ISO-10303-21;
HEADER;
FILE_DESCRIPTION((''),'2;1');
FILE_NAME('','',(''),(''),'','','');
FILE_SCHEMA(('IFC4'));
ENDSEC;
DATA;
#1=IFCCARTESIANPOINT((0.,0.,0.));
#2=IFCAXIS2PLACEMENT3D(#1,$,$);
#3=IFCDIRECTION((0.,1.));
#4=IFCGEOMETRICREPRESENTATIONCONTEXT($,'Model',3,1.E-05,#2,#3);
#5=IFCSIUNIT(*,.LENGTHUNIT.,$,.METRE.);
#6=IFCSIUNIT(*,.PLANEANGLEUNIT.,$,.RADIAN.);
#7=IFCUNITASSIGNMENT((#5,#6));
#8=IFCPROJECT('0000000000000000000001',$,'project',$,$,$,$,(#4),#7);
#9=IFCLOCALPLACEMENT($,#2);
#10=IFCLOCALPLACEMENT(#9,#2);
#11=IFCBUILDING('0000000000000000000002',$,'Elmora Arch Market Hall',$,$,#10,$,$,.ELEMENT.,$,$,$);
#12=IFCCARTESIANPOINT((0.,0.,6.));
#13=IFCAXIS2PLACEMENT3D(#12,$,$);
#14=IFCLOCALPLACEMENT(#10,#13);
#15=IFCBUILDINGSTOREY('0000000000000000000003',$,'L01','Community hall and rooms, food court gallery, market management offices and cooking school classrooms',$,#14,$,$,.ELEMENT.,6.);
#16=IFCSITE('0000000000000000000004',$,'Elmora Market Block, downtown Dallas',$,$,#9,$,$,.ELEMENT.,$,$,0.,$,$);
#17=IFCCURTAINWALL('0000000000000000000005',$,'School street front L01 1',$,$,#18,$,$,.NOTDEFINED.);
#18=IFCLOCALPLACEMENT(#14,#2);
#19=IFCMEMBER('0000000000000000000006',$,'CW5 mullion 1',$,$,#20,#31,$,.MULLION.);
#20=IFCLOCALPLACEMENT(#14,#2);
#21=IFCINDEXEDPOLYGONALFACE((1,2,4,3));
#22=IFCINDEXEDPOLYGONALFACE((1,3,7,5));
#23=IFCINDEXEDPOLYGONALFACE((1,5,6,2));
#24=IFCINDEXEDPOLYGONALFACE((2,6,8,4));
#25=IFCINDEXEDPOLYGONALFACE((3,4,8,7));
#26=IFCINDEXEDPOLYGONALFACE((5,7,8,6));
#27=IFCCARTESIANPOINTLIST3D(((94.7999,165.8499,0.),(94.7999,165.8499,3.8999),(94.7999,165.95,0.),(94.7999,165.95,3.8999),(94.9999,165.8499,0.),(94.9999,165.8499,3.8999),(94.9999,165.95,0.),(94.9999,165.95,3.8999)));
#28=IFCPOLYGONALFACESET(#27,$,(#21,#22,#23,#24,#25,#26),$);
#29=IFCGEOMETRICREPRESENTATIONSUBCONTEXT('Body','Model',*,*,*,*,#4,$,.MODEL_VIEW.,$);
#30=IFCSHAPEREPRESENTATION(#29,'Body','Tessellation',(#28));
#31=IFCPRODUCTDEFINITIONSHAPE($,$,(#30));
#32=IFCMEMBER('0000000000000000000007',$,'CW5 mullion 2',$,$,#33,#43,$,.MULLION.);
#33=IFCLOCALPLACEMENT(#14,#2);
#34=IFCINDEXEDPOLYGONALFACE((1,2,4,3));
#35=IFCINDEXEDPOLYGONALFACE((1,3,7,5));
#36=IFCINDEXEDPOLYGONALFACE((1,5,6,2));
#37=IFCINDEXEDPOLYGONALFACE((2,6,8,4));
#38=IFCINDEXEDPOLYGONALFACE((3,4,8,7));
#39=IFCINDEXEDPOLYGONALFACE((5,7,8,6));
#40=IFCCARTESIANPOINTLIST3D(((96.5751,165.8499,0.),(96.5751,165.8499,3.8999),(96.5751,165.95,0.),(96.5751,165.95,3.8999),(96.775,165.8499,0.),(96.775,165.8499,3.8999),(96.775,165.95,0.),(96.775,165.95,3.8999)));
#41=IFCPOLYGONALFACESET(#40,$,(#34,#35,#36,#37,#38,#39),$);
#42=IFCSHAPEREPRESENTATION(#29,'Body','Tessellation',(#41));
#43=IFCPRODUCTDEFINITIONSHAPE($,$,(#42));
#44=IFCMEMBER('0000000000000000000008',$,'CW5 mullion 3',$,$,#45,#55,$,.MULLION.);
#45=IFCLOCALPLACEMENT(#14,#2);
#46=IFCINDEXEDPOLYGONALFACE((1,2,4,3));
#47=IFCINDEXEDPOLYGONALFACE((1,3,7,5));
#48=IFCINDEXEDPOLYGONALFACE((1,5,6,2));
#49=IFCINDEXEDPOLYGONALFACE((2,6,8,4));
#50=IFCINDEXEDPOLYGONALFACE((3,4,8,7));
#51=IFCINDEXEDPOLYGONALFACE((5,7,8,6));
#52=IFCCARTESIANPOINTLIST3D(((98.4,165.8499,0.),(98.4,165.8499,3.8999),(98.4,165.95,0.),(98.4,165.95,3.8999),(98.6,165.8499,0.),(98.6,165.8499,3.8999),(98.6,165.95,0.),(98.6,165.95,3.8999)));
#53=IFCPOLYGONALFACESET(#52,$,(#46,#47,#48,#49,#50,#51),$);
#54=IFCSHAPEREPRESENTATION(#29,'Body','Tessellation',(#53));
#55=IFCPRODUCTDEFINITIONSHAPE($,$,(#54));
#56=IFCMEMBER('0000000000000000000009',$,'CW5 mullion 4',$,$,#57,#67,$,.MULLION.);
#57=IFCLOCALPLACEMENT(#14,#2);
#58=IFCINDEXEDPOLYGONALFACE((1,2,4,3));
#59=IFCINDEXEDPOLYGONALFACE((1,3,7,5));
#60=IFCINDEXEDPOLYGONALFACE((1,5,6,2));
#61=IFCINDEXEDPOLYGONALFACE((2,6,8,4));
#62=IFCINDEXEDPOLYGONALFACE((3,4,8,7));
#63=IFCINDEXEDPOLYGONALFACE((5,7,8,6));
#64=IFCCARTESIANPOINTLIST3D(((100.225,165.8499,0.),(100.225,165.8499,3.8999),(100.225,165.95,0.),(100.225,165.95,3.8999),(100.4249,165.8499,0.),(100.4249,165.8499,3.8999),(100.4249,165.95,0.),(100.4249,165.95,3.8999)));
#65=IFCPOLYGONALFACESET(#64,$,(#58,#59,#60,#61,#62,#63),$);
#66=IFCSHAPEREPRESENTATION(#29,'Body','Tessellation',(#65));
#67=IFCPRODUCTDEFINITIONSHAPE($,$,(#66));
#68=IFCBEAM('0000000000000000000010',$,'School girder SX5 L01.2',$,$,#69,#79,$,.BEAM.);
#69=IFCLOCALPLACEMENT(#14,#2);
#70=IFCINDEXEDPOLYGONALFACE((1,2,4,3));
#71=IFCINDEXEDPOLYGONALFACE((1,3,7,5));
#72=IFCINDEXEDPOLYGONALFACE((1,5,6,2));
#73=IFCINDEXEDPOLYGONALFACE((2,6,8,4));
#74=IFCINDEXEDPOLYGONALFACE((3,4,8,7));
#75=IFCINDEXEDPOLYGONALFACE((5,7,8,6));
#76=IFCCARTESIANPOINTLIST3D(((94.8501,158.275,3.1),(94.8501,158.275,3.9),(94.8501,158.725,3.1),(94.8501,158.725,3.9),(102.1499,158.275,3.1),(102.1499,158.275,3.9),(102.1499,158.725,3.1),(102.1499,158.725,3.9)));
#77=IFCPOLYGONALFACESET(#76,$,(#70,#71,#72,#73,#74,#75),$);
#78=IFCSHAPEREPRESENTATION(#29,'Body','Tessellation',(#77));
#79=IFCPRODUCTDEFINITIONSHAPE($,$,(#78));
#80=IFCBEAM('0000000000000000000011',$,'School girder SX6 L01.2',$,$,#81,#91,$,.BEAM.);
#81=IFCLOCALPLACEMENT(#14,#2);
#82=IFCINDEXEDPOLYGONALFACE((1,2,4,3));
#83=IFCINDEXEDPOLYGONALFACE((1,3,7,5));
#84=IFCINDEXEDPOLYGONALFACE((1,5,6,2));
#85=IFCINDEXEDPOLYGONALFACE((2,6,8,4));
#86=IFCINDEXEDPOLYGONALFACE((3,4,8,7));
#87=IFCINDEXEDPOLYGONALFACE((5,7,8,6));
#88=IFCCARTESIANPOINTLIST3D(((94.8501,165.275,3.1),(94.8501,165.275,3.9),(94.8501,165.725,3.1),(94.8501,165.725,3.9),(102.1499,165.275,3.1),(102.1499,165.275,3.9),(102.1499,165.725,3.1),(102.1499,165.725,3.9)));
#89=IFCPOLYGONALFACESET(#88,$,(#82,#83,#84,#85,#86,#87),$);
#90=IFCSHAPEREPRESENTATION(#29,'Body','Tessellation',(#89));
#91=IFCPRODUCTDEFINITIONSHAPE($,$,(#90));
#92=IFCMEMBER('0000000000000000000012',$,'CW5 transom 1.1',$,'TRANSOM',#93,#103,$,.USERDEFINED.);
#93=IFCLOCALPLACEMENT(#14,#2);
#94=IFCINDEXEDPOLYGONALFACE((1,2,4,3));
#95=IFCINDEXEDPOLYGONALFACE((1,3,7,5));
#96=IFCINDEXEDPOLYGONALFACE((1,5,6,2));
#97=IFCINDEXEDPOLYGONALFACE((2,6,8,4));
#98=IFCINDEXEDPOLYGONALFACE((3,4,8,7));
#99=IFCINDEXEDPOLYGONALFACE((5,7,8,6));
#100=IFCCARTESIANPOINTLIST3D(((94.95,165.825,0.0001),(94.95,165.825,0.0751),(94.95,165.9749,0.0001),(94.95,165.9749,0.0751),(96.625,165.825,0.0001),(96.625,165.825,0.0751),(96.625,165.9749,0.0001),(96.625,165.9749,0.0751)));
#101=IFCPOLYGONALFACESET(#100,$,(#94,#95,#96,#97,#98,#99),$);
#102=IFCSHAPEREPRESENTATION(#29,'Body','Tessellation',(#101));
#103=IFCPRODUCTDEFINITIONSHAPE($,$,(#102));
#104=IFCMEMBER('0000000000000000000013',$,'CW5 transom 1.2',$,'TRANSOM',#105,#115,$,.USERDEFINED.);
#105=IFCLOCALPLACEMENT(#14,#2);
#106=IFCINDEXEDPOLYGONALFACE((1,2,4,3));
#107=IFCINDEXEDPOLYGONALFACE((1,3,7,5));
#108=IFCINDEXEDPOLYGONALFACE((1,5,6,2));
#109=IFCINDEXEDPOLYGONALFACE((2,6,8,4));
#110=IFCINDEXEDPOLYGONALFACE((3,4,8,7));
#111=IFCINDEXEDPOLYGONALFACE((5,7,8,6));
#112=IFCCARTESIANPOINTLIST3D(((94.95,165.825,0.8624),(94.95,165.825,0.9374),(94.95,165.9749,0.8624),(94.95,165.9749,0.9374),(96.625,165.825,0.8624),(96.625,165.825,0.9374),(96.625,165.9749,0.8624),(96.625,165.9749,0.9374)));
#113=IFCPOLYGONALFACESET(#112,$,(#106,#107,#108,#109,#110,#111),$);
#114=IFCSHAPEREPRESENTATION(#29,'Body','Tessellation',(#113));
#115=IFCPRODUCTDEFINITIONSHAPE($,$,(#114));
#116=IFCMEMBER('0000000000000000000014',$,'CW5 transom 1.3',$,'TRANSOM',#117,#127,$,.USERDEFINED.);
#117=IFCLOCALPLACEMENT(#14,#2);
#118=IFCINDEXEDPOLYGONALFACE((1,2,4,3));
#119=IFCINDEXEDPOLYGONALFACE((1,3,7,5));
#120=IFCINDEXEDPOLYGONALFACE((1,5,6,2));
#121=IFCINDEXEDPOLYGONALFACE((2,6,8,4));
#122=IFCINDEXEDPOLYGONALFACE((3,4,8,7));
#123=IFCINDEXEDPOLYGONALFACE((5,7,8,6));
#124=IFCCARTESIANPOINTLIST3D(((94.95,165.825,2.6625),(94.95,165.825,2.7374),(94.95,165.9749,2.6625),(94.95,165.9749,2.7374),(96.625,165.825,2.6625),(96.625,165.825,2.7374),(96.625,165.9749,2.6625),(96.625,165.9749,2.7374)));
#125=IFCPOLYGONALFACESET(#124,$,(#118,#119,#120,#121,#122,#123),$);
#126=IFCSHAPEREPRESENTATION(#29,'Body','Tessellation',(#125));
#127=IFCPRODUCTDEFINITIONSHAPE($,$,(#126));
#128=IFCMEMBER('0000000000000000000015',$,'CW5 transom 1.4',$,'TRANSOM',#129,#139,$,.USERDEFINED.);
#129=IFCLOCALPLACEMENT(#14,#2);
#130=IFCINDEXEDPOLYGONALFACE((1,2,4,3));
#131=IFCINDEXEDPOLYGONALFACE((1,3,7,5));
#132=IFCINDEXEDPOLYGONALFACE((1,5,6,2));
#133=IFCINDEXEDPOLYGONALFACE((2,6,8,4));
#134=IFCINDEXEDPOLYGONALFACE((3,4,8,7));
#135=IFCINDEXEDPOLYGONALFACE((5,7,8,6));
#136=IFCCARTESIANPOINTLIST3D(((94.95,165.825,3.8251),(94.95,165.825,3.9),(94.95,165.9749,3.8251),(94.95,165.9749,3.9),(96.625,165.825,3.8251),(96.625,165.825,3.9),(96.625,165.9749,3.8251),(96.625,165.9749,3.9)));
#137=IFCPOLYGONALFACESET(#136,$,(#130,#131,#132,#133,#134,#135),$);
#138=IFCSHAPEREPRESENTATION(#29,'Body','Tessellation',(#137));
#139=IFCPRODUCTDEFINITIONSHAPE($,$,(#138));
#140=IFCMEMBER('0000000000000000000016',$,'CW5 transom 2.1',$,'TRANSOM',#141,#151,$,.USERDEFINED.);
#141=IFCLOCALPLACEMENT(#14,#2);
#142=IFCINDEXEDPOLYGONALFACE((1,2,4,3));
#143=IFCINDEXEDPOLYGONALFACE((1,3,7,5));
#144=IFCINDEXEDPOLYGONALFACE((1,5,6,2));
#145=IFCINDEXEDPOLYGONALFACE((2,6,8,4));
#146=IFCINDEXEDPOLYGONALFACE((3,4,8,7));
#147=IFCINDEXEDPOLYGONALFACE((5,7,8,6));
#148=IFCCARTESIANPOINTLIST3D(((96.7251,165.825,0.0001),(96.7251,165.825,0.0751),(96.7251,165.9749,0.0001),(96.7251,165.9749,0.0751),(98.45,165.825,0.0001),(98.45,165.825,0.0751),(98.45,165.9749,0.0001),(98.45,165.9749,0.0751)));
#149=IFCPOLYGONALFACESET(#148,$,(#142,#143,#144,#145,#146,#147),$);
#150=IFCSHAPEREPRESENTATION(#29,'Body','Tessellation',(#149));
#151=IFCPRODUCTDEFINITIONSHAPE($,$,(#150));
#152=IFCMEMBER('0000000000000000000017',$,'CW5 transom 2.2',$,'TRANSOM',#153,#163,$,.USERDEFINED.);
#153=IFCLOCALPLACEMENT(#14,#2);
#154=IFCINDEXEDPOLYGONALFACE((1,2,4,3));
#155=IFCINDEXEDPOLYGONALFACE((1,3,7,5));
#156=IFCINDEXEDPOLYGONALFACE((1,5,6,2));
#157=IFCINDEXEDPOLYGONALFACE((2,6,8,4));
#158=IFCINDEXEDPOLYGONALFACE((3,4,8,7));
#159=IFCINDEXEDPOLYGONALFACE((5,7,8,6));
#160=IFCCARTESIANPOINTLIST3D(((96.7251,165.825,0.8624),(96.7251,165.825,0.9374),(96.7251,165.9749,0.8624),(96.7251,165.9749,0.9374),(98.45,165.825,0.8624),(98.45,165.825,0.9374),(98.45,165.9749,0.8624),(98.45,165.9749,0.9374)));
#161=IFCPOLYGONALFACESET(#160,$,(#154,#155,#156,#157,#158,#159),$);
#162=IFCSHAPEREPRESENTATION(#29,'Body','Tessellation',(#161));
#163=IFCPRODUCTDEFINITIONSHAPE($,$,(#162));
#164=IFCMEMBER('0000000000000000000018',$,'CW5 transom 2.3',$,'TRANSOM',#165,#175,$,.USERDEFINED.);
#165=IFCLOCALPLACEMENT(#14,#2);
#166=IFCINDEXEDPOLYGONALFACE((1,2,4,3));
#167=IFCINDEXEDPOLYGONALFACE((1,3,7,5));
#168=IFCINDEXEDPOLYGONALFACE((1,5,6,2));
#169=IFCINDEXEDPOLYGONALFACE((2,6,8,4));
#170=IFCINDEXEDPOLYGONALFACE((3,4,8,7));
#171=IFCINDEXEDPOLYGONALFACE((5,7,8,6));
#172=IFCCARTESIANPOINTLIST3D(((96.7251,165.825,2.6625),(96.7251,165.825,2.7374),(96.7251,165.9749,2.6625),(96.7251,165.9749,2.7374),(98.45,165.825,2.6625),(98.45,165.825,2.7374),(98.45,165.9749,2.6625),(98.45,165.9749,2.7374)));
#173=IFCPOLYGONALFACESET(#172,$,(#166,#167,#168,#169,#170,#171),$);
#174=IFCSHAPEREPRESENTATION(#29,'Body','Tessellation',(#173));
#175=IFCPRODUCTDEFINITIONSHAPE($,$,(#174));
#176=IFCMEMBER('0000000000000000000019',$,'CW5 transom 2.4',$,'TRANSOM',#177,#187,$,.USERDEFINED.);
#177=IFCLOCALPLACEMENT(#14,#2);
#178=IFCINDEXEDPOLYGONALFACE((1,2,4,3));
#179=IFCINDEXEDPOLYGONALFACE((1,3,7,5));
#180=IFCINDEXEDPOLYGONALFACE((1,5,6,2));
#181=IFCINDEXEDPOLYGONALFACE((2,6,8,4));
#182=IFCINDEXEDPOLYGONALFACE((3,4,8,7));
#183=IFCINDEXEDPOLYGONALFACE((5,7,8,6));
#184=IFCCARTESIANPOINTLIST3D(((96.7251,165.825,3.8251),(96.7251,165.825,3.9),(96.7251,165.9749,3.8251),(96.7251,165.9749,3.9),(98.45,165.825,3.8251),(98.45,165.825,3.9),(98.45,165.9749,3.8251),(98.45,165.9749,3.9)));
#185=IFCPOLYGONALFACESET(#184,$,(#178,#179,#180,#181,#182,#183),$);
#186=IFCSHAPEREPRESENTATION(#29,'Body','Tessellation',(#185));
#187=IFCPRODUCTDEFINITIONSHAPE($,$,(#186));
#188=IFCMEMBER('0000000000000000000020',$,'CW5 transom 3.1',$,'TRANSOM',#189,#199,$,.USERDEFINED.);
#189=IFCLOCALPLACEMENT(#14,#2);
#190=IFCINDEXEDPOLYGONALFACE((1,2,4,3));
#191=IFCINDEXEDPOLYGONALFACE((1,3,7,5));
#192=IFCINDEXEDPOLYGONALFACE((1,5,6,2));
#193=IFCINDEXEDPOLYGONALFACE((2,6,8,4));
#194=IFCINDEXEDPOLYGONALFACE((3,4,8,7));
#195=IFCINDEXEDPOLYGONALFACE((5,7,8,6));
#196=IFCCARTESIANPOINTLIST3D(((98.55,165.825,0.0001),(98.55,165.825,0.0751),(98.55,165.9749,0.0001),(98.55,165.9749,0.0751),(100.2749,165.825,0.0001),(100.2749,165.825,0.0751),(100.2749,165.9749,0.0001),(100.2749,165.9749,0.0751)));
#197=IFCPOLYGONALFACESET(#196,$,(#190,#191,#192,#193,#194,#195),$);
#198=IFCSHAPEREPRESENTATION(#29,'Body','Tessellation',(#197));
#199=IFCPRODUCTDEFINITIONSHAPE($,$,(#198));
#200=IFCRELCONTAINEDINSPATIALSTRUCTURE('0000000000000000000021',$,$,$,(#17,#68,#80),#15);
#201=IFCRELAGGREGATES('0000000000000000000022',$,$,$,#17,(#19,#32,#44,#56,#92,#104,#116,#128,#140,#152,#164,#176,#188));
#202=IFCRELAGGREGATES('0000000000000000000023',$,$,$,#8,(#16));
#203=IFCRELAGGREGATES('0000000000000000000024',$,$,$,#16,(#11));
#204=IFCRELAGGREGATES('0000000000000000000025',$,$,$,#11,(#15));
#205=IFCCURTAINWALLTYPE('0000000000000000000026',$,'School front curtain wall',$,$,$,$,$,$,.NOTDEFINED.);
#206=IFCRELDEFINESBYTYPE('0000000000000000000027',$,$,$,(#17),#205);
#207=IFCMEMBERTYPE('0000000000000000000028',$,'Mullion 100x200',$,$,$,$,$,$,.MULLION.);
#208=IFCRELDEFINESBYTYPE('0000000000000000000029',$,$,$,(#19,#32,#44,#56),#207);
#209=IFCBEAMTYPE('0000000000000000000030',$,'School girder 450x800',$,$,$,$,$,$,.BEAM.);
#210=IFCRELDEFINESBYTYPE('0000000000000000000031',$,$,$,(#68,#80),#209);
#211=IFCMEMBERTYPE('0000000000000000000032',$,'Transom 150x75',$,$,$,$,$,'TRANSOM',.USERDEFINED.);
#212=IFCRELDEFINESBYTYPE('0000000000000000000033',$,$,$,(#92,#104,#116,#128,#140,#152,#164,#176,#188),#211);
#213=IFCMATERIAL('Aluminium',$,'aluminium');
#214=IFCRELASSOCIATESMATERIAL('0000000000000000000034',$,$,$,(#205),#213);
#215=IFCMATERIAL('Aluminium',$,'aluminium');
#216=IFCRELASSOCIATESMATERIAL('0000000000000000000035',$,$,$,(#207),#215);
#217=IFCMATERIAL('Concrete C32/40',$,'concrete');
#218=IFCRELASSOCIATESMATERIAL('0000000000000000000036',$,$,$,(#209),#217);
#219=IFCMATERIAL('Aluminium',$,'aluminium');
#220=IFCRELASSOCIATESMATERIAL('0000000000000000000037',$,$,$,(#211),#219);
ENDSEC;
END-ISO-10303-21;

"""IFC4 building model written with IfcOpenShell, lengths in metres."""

from ifc_helpers import new_model, si_unit, direction, frame, origin, origin_2d, place, context, subcontext, project, spatial, rectangle, extrude, material, material_profile, profile_set, type_object, element, aggregate, save


model = new_model("IFC4")

# Units and contexts
model_context = context("Model", 3, precision=1e-05, world=origin(), true_north=direction((0.0, 1.0)))
body_context = subcontext(model_context, "Body", "Model", "MODEL_VIEW")
ifc_project = project(units=[si_unit("LENGTHUNIT", "METRE"), si_unit("PLANEANGLEUNIT", "RADIAN")], contexts=[model_context])

# Site, building, storey
site_placement = place(None, origin())
site = spatial("IfcSite", under=ifc_project, at=site_placement, Name="Elmora Market Block, downtown Dallas", CompositionType="ELEMENT", RefElevation=0.0)
building_placement = place(site_placement, origin())
building = spatial("IfcBuilding", under=site, at=building_placement, Name="Elmora Arch Market Hall", CompositionType="ELEMENT")
storey_placement = place(building_placement, frame((0.0, 0.0, 6.0)))
storey = spatial("IfcBuildingStorey", under=building, at=storey_placement, Name="L01", Description="Community hall and rooms, food court gallery, market management offices and cooking school classrooms", CompositionType="ELEMENT", Elevation=6.0)

# Curtain wall, members
ifc_material_1 = material(Name="Aluminium", Category="aluminium")
curtain_wall_type = type_object("IfcCurtainWallType", Name="School front curtain wall", PredefinedType="NOTDEFINED", material=ifc_material_1)
curtain_wall_placement = place(storey_placement, origin())
curtain_wall = element("IfcCurtainWall", 1, at=curtain_wall_placement, inside=storey, type_object=curtain_wall_type, Name="School street front L01 1", PredefinedType="NOTDEFINED")
ifc_material_2 = material(Name="Aluminium", Category="aluminium")
ifc_material_profile_1 = material_profile(ifc_material_2, rectangle(XDim=0.1001, YDim=0.2, at=origin_2d()), Name="AL 100x200")
ifc_profile_set_1 = profile_set([ifc_material_profile_1], Name="Aluminium")
member_type_1 = type_object("IfcMemberType", Name="Mullion 100x200", PredefinedType="MULLION", material=ifc_profile_set_1)
member_1_placement = place(storey_placement, frame((94.8999, 165.8999, 0.0), z_axis=(0.0, 0.0, 1.0), x_axis=(0.0, 1.0, 0.0)))
member_1 = element("IfcMember", 2, at=member_1_placement, type_object=member_type_1, Name="CW5 mullion 1", PredefinedType="MULLION", context=body_context, shape_type="SweptSolid", body=[
    extrude(rectangle(XDim=0.1001, YDim=0.2, at=origin_2d()), origin(), (0.0, 0.0, 1.0), 3.8999),
])
member_2_placement = place(storey_placement, frame((96.675, 165.8999, 0.0), z_axis=(0.0, 0.0, 1.0), x_axis=(0.0, 1.0, 0.0)))
member_2 = element("IfcMember", 3, at=member_2_placement, type_object=member_type_1, Name="CW5 mullion 2", PredefinedType="MULLION", context=body_context, shape_type="SweptSolid", body=[
    extrude(rectangle(XDim=0.1001, YDim=0.2, at=origin_2d()), origin(), (0.0, 0.0, 1.0), 3.8999),
])
member_3_placement = place(storey_placement, frame((98.5, 165.8999, 0.0), z_axis=(0.0, 0.0, 1.0), x_axis=(0.0, 1.0, 0.0)))
member_3 = element("IfcMember", 4, at=member_3_placement, type_object=member_type_1, Name="CW5 mullion 3", PredefinedType="MULLION", context=body_context, shape_type="SweptSolid", body=[
    extrude(rectangle(XDim=0.1001, YDim=0.2, at=origin_2d()), origin(), (0.0, 0.0, 1.0), 3.8999),
])
member_4_placement = place(storey_placement, frame((100.325, 165.8999, 0.0), z_axis=(0.0, 0.0, 1.0), x_axis=(0.0, 1.0, 0.0)))
member_4 = element("IfcMember", 5, at=member_4_placement, type_object=member_type_1, Name="CW5 mullion 4", PredefinedType="MULLION", context=body_context, shape_type="SweptSolid", body=[
    extrude(rectangle(XDim=0.1001, YDim=0.2, at=origin_2d()), origin(), (0.0, 0.0, 1.0), 3.8999),
])

# Beams
ifc_material_3 = material(Name="Concrete C32/40", Category="concrete")
ifc_material_profile_2 = material_profile(ifc_material_3, rectangle(XDim=0.45, YDim=0.8, at=origin_2d()), Name="School girder 450x800")
ifc_profile_set_2 = profile_set([ifc_material_profile_2], Name="Concrete C32/40")
beam_type = type_object("IfcBeamType", Name="School girder 450x800", PredefinedType="BEAM", material=ifc_profile_set_2)
for number, where, z_axis, x_axis, name in (
    (6, (94.8501, 158.5, 3.5), (1.0, 0.0, 0.0), (0.0, 1.0, 0.0), "School girder SX5 L01.2"),
    (7, (94.8501, 165.5, 3.5), (1.0, 0.0, 0.0), (0.0, 1.0, 0.0), "School girder SX6 L01.2"),
):
    element("IfcBeam", number, at=place(storey_placement, frame(where, z_axis=z_axis, x_axis=x_axis)), inside=storey, type_object=beam_type, Name=name, PredefinedType="BEAM", context=body_context, shape_type="SweptSolid", body=[
        extrude(rectangle(XDim=0.45, YDim=0.8, at=origin_2d()), origin(), (0.0, 0.0, 1.0), 7.2998),
    ])

# Members
ifc_material_4 = material(Name="Aluminium", Category="aluminium")
ifc_material_profile_3 = material_profile(ifc_material_4, rectangle(XDim=0.1499, YDim=0.075, at=origin_2d()), Name="AL 150x75")
ifc_profile_set_3 = profile_set([ifc_material_profile_3], Name="Aluminium")
member_type_2 = type_object("IfcMemberType", Name="Transom 150x75", ElementType="TRANSOM", PredefinedType="USERDEFINED", material=ifc_profile_set_3)
member_5_placement = place(storey_placement, frame((94.95, 165.8999, 0.0376), z_axis=(1.0, 0.0, 0.0), x_axis=(0.0, 1.0, 0.0)))
member_5 = element("IfcMember", 8, at=member_5_placement, type_object=member_type_2, Name="CW5 transom 1.1", ObjectType="TRANSOM", PredefinedType="USERDEFINED", context=body_context, shape_type="SweptSolid", body=[
    extrude(rectangle(XDim=0.1499, YDim=0.075, at=origin_2d()), origin(), (0.0, 0.0, 1.0), 1.675),
])
member_6_placement = place(storey_placement, frame((94.95, 165.8999, 0.8999), z_axis=(1.0, 0.0, 0.0), x_axis=(0.0, 1.0, 0.0)))
member_6 = element("IfcMember", 9, at=member_6_placement, type_object=member_type_2, Name="CW5 transom 1.2", ObjectType="TRANSOM", PredefinedType="USERDEFINED", context=body_context, shape_type="SweptSolid", body=[
    extrude(rectangle(XDim=0.1499, YDim=0.075, at=origin_2d()), origin(), (0.0, 0.0, 1.0), 1.675),
])
member_7_placement = place(storey_placement, frame((94.95, 165.8999, 2.7), z_axis=(1.0, 0.0, 0.0), x_axis=(0.0, 1.0, 0.0)))
member_7 = element("IfcMember", 10, at=member_7_placement, type_object=member_type_2, Name="CW5 transom 1.3", ObjectType="TRANSOM", PredefinedType="USERDEFINED", context=body_context, shape_type="SweptSolid", body=[
    extrude(rectangle(XDim=0.1499, YDim=0.075, at=origin_2d()), origin(), (0.0, 0.0, 1.0), 1.675),
])
member_8_placement = place(storey_placement, frame((94.95, 165.8999, 3.8625), z_axis=(1.0, 0.0, 0.0), x_axis=(0.0, 1.0, 0.0)))
member_8 = element("IfcMember", 11, at=member_8_placement, type_object=member_type_2, Name="CW5 transom 1.4", ObjectType="TRANSOM", PredefinedType="USERDEFINED", context=body_context, shape_type="SweptSolid", body=[
    extrude(rectangle(XDim=0.1499, YDim=0.075, at=origin_2d()), origin(), (0.0, 0.0, 1.0), 1.675),
])
member_9_placement = place(storey_placement, frame((96.7251, 165.8999, 0.0376), z_axis=(1.0, 0.0, 0.0), x_axis=(0.0, 1.0, 0.0)))
member_9 = element("IfcMember", 12, at=member_9_placement, type_object=member_type_2, Name="CW5 transom 2.1", ObjectType="TRANSOM", PredefinedType="USERDEFINED", context=body_context, shape_type="SweptSolid", body=[
    extrude(rectangle(XDim=0.1499, YDim=0.075, at=origin_2d()), origin(), (0.0, 0.0, 1.0), 1.7249),
])
member_10_placement = place(storey_placement, frame((96.7251, 165.8999, 0.8999), z_axis=(1.0, 0.0, 0.0), x_axis=(0.0, 1.0, 0.0)))
member_10 = element("IfcMember", 13, at=member_10_placement, type_object=member_type_2, Name="CW5 transom 2.2", ObjectType="TRANSOM", PredefinedType="USERDEFINED", context=body_context, shape_type="SweptSolid", body=[
    extrude(rectangle(XDim=0.1499, YDim=0.075, at=origin_2d()), origin(), (0.0, 0.0, 1.0), 1.7249),
])
member_11_placement = place(storey_placement, frame((96.7251, 165.8999, 2.7), z_axis=(1.0, 0.0, 0.0), x_axis=(0.0, 1.0, 0.0)))
member_11 = element("IfcMember", 14, at=member_11_placement, type_object=member_type_2, Name="CW5 transom 2.3", ObjectType="TRANSOM", PredefinedType="USERDEFINED", context=body_context, shape_type="SweptSolid", body=[
    extrude(rectangle(XDim=0.1499, YDim=0.075, at=origin_2d()), origin(), (0.0, 0.0, 1.0), 1.7249),
])
member_12_placement = place(storey_placement, frame((96.7251, 165.8999, 3.8625), z_axis=(1.0, 0.0, 0.0), x_axis=(0.0, 1.0, 0.0)))
member_12 = element("IfcMember", 15, at=member_12_placement, type_object=member_type_2, Name="CW5 transom 2.4", ObjectType="TRANSOM", PredefinedType="USERDEFINED", context=body_context, shape_type="SweptSolid", body=[
    extrude(rectangle(XDim=0.1499, YDim=0.075, at=origin_2d()), origin(), (0.0, 0.0, 1.0), 1.7249),
])
member_13_placement = place(storey_placement, frame((98.55, 165.8999, 0.0376), z_axis=(1.0, 0.0, 0.0), x_axis=(0.0, 1.0, 0.0)))
member_13 = element("IfcMember", 16, at=member_13_placement, type_object=member_type_2, Name="CW5 transom 3.1", ObjectType="TRANSOM", PredefinedType="USERDEFINED", context=body_context, shape_type="SweptSolid", body=[
    extrude(rectangle(XDim=0.1499, YDim=0.075, at=origin_2d()), origin(), (0.0, 0.0, 1.0), 1.7249),
])

aggregate(curtain_wall, [member_1, member_2, member_3, member_4, member_5, member_6, member_7, member_8, member_9, member_10, member_11, member_12, member_13])

save(model, "model.ifc")
